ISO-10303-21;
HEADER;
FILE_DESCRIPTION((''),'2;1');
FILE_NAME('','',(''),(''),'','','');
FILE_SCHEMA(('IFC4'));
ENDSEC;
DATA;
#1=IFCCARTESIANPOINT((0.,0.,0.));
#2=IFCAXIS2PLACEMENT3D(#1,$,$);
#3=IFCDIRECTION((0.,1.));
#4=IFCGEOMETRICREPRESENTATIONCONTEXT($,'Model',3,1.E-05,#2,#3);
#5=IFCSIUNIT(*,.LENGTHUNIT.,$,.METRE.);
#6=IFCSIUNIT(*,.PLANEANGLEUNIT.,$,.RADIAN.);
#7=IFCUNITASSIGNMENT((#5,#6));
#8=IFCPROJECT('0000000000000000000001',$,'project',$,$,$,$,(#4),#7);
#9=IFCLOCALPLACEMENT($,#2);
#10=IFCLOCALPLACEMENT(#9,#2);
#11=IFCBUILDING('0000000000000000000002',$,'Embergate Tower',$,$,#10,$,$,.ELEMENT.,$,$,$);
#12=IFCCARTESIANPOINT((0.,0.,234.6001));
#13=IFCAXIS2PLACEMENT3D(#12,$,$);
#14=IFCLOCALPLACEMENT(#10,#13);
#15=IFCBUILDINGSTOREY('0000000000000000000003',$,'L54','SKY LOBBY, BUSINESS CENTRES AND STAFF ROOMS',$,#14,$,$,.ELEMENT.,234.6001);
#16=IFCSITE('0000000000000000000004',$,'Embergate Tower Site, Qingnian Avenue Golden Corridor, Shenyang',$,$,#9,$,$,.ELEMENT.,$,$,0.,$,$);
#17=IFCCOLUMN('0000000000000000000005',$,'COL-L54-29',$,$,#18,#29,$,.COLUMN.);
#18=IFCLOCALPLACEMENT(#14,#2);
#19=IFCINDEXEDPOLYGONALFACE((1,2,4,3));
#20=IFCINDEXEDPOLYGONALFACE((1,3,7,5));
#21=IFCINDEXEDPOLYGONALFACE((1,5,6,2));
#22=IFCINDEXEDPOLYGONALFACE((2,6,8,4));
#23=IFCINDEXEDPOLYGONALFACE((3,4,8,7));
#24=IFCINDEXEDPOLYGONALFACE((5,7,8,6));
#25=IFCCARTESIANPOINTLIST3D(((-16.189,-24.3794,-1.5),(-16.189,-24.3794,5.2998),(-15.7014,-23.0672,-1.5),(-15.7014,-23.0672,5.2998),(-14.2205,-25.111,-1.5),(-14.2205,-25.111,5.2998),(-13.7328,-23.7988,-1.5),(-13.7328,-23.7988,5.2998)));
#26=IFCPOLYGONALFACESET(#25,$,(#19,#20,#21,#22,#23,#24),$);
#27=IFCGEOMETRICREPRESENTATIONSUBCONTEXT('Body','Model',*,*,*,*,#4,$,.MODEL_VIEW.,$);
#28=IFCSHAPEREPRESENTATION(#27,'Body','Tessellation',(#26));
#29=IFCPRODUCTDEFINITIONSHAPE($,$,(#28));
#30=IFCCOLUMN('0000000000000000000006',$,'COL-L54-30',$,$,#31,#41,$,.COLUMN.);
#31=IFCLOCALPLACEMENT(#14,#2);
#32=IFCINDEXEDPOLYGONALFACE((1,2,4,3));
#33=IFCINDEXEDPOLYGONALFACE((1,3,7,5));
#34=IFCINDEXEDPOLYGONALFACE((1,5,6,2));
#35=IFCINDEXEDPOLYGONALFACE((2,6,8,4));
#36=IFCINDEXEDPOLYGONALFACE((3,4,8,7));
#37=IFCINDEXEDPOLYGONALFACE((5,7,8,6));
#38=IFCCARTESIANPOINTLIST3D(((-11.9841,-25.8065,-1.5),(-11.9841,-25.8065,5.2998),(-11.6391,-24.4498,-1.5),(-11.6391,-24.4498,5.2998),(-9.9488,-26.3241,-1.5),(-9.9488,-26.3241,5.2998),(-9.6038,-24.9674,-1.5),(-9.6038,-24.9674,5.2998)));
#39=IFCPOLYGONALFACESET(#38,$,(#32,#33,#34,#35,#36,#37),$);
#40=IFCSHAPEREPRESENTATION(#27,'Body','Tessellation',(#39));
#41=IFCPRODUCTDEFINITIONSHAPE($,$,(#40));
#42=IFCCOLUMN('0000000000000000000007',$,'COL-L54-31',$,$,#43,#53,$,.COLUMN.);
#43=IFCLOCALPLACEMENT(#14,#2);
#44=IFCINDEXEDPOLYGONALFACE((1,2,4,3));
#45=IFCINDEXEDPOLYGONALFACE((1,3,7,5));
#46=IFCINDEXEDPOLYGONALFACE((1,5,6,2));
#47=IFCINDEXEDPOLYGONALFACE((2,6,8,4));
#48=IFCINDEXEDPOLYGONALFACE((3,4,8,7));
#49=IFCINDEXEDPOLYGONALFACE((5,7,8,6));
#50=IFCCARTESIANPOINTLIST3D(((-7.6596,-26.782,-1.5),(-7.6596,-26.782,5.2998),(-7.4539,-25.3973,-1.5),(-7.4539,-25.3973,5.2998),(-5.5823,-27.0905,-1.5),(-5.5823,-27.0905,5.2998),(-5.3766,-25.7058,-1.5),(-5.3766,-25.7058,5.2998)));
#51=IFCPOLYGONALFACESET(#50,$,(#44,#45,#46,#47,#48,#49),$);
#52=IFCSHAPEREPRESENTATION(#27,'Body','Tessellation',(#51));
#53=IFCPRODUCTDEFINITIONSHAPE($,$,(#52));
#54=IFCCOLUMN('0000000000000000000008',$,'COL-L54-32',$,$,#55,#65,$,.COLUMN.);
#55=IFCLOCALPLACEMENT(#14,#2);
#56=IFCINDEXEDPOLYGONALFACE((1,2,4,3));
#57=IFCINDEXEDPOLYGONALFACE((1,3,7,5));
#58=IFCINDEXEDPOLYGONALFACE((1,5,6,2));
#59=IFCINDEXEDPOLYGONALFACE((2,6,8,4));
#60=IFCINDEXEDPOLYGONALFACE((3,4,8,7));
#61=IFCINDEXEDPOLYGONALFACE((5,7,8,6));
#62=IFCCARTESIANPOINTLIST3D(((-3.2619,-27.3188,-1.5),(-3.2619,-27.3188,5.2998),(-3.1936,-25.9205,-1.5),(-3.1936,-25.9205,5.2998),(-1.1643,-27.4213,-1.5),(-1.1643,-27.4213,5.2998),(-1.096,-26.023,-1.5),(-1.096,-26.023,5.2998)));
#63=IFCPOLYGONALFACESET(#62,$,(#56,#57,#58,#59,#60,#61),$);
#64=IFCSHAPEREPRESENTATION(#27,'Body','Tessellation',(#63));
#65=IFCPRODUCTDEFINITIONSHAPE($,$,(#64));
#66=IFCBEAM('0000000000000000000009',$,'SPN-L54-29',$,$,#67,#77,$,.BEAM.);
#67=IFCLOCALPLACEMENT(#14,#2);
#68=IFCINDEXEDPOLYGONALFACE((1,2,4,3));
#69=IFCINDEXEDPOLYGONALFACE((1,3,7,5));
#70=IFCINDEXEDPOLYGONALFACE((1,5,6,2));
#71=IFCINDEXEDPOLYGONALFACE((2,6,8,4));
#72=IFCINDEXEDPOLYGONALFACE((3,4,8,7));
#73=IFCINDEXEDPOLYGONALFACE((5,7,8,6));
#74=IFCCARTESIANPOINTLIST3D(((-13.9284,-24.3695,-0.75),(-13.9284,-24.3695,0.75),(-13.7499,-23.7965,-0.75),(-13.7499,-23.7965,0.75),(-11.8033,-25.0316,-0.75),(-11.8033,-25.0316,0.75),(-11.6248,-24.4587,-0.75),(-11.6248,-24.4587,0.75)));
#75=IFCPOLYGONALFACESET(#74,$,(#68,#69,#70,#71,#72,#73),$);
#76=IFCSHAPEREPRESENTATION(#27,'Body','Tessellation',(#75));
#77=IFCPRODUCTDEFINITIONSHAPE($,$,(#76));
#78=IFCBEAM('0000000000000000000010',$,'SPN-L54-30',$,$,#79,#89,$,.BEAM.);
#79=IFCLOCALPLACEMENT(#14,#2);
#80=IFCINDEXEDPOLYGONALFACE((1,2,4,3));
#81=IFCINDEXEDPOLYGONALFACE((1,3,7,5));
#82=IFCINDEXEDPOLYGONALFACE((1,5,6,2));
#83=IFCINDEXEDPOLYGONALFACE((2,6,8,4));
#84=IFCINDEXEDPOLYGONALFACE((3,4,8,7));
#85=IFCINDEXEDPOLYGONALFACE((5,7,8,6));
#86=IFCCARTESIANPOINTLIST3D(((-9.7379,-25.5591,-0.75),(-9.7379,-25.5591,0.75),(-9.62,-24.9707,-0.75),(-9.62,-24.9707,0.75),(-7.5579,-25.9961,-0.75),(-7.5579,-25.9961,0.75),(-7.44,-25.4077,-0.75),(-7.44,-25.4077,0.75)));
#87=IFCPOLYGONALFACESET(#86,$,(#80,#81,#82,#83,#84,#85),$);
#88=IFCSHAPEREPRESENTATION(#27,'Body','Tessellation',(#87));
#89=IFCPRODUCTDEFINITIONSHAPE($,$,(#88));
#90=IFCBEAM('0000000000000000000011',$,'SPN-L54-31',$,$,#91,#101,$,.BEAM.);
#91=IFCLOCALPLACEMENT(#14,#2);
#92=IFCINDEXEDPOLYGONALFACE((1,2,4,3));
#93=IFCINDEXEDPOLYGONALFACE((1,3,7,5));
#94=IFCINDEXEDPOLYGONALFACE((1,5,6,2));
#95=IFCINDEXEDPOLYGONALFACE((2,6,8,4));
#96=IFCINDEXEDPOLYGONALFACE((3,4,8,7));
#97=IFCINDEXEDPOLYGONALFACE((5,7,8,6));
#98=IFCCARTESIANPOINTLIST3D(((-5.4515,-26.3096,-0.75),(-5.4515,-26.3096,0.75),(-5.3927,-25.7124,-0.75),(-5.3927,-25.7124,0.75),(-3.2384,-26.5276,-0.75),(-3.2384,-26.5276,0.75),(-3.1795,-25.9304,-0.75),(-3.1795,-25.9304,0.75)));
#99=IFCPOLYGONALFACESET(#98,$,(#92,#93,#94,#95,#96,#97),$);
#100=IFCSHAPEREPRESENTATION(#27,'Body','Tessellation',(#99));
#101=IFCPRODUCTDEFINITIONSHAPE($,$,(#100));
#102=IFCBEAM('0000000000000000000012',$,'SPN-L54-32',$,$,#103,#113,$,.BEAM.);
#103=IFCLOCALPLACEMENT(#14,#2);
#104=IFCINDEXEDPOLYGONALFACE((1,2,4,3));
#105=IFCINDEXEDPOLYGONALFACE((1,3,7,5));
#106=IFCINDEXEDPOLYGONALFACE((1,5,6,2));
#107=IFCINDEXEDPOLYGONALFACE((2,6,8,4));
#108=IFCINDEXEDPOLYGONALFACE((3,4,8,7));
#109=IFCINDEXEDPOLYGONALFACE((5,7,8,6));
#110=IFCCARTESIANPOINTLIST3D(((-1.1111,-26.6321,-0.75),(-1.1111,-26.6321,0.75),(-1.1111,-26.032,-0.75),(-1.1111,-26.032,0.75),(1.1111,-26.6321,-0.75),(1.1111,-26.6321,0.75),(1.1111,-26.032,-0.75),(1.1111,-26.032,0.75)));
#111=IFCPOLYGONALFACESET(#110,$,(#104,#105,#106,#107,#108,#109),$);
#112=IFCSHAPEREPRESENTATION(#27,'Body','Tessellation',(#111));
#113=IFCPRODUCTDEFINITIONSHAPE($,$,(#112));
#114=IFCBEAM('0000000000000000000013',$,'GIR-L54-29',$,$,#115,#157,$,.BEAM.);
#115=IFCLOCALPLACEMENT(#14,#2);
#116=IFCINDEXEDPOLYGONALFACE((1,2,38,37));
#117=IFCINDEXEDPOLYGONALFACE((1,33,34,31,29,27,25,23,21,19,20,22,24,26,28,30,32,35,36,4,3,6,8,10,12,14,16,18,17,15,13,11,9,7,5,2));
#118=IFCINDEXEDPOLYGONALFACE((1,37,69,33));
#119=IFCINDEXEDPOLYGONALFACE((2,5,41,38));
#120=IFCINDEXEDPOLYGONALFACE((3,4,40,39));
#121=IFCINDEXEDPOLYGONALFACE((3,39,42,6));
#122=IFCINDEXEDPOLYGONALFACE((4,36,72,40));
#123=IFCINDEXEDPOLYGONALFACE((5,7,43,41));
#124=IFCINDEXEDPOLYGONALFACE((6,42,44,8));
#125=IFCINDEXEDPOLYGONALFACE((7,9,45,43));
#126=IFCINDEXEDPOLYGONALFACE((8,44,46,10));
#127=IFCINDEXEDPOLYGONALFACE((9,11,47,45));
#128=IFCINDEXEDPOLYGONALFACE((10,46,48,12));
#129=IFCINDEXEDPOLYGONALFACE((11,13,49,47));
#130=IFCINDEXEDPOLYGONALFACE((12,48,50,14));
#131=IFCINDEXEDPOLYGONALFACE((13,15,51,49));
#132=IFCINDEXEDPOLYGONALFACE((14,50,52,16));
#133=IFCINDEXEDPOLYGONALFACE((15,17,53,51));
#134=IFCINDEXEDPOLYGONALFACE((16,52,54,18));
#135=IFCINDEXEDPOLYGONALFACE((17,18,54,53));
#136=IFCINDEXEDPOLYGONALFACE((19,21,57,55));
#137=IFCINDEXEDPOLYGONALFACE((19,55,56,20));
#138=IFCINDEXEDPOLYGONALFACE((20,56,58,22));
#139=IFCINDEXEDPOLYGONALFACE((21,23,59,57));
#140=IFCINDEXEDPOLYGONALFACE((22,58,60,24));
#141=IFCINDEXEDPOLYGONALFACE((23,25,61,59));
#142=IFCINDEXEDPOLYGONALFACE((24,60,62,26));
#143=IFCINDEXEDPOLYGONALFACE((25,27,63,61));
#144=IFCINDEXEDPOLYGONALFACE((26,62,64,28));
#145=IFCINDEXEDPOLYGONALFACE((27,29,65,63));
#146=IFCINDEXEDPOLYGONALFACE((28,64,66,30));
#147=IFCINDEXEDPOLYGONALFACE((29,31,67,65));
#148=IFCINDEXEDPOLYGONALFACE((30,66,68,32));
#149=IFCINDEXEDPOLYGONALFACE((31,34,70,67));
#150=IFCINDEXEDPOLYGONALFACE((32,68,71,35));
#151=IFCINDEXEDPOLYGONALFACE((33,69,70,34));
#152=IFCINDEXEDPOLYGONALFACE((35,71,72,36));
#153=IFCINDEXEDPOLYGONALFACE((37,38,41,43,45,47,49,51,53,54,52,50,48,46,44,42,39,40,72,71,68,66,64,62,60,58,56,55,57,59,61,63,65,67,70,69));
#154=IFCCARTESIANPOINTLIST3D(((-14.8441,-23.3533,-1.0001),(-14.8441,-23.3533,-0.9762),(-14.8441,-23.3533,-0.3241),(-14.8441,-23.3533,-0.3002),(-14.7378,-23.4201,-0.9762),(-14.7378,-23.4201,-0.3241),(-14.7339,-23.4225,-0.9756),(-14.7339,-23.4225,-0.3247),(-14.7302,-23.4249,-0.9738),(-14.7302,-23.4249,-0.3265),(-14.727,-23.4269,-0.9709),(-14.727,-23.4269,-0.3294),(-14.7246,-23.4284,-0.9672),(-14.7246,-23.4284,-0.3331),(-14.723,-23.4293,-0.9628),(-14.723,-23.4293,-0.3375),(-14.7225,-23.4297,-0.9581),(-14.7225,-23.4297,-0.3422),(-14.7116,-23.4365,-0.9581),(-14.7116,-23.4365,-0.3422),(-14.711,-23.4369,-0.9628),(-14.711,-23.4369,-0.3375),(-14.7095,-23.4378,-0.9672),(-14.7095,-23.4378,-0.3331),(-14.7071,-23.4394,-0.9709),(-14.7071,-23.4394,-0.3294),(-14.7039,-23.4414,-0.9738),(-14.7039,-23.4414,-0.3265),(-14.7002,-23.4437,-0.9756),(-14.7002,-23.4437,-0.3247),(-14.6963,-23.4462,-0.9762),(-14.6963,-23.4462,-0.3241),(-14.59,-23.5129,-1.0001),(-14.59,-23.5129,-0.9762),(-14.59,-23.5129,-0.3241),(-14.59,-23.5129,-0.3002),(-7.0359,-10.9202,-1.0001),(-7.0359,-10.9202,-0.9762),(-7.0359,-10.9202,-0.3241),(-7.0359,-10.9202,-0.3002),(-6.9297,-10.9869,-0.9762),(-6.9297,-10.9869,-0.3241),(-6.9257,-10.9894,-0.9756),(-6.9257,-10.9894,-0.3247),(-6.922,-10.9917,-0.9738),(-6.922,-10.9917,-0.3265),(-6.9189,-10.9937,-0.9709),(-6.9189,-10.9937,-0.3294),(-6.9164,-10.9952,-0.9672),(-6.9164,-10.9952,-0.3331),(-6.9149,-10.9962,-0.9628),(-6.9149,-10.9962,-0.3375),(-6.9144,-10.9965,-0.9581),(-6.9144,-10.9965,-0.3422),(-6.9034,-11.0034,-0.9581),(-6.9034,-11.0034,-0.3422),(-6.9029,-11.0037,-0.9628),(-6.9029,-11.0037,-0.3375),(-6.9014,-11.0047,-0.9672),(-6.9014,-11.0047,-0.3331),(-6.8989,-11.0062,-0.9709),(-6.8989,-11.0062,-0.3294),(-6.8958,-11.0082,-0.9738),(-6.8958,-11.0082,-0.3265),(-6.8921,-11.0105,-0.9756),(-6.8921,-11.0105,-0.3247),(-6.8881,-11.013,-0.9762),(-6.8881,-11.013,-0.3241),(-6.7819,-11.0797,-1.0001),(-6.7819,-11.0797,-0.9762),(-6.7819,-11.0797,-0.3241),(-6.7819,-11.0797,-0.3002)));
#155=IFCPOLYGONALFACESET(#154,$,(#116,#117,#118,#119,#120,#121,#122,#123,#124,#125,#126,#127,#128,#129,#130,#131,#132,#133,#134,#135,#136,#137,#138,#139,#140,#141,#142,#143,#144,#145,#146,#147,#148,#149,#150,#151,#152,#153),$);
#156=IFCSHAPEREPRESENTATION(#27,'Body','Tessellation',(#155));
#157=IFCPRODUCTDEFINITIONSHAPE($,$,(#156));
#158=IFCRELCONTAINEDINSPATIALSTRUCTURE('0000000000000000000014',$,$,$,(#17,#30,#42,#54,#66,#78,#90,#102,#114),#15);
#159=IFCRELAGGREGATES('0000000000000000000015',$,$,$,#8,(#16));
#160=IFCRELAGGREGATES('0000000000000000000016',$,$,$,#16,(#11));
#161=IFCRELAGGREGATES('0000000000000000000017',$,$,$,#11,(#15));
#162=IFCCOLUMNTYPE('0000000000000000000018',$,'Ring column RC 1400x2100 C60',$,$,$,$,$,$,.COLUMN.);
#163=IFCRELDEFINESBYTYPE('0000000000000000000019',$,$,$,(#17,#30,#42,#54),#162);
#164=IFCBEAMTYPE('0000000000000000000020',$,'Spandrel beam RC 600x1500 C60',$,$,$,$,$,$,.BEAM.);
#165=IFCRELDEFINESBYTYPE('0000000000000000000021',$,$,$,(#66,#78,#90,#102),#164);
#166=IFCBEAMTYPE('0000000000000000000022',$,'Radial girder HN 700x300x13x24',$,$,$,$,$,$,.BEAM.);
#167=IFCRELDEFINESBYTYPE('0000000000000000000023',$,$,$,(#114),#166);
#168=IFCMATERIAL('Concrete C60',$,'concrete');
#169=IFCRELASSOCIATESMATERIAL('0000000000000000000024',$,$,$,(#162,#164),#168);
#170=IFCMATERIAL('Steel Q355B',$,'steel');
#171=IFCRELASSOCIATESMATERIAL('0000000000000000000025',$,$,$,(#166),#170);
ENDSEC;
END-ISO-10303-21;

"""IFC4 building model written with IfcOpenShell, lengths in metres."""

from ifc_helpers import new_model, si_unit, direction, frame, origin, origin_2d, place, context, subcontext, project, spatial, rectangle, i_section, extrude, source, transform, mapped, material, material_profile, profile_set, type_object, element, save


model = new_model("IFC4")

# Units and contexts
model_context = context("Model", 3, precision=1e-05, world=origin(), true_north=direction((0.0, 1.0)))
body_context = subcontext(model_context, "Body", "Model", "MODEL_VIEW")
ifc_project = project(units=[si_unit("LENGTHUNIT", "METRE"), si_unit("PLANEANGLEUNIT", "RADIAN")], contexts=[model_context])

# Site, building, storey
site_placement = place(None, origin())
site = spatial("IfcSite", under=ifc_project, at=site_placement, Name="Embergate Tower Site, Qingnian Avenue Golden Corridor, Shenyang", CompositionType="ELEMENT", RefElevation=0.0)
building_placement = place(site_placement, origin())
building = spatial("IfcBuilding", under=site, at=building_placement, Name="Embergate Tower", CompositionType="ELEMENT")
storey_placement = place(building_placement, frame((0.0, 0.0, 234.6001)))
storey = spatial("IfcBuildingStorey", under=building, at=storey_placement, Name="L54", Description="SKY LOBBY, BUSINESS CENTRES AND STAFF ROOMS", CompositionType="ELEMENT", Elevation=234.6001)

# Columns
ifc_material_1 = material(Name="Concrete C60", Category="concrete")
ifc_material_profile_1 = material_profile(ifc_material_1, rectangle(XDim=1.3999, YDim=2.1001, at=origin_2d()), Name="RC 1400x2100")
ifc_profile_set_1 = profile_set([ifc_material_profile_1], Name="Concrete C60")
column_type = type_object("IfcColumnType", Name="Ring column RC 1400x2100 C60", PredefinedType="COLUMN", material=ifc_profile_set_1)
shared_shape_1 = source(origin(), body_context, "Body", "SweptSolid", [
    extrude(rectangle(XDim=1.3999, YDim=2.1001, at=origin_2d()), origin(), (0.0, 0.0, 1.0), 6.7998),
])
for number, where, z_axis, x_axis, name in (
    (1, (-14.9609, -24.0891, -1.5), (0.0, 0.0, 1.0), (-0.348343, -0.937367, 0.0), "COL-L54-29"),
    (2, (-10.7939, -25.387, -1.5), (0.0, 0.0, 1.0), (-0.246492, -0.969145, 0.0), "COL-L54-30"),
    (3, (-6.5181, -26.2439, -1.5), (0.0, 0.0, 1.0), (-0.146929, -0.989147, 0.0), "COL-L54-31"),
    (4, (-2.179, -26.6709, -1.5), (0.0, 0.0, 1.0), (-0.048815, -0.998808, 0.0), "COL-L54-32"),
):
    element("IfcColumn", number, at=place(storey_placement, frame(where, z_axis=z_axis, x_axis=x_axis)), inside=storey, type_object=column_type, Name=name, PredefinedType="COLUMN", context=body_context, shape_type="MappedRepresentation", body=[
        mapped(shared_shape_1, transform((0.0, 0.0, 0.0))),
    ])

# Beams
ifc_material_profile_2 = material_profile(ifc_material_1, rectangle(XDim=0.6001, YDim=1.5, at=origin_2d()), Name="RC 600x1500")
ifc_profile_set_2 = profile_set([ifc_material_profile_2], Name="Concrete C60")
beam_type_1 = type_object("IfcBeamType", Name="Spandrel beam RC 600x1500 C60", PredefinedType="BEAM", material=ifc_profile_set_2)
shared_shape_2 = source(origin(), body_context, "Body", "SweptSolid", [
    extrude(rectangle(XDim=0.6001, YDim=1.5, at=origin_2d()), origin(), (0.0, 0.0, 1.0), 2.2258),
])
beam_1_placement = place(storey_placement, frame((-13.8391, -24.083, 0.0), z_axis=(0.954729, -0.297475, 0.0), x_axis=(0.297475, 0.954729, 0.0)))
element("IfcBeam", 5, at=beam_1_placement, inside=storey, type_object=beam_type_1, Name="SPN-L54-29", PredefinedType="BEAM", context=body_context, shape_type="MappedRepresentation", body=[
    mapped(shared_shape_2, transform((0.0, 0.0, 0.0))),
])
shared_shape_3 = source(origin(), body_context, "Body", "SweptSolid", [
    extrude(rectangle(XDim=0.6001, YDim=1.5, at=origin_2d()), origin(), (0.0, 0.0, 1.0), 2.2234),
])
beam_2_placement = place(storey_placement, frame((-9.679, -25.2649, 0.0), z_axis=(0.980492, -0.19656, 0.0), x_axis=(0.19656, 0.980492, 0.0)))
element("IfcBeam", 6, at=beam_2_placement, inside=storey, type_object=beam_type_1, Name="SPN-L54-30", PredefinedType="BEAM", context=body_context, shape_type="MappedRepresentation", body=[
    mapped(shared_shape_3, transform((0.0, 0.0, 0.0))),
])
shared_shape_4 = source(origin(), body_context, "Body", "SweptSolid", [
    extrude(rectangle(XDim=0.6001, YDim=1.5, at=origin_2d()), origin(), (0.0, 0.0, 1.0), 2.2239),
])
beam_3_placement = place(storey_placement, frame((-5.4221, -26.011, 0.0), z_axis=(0.995183, -0.098036, 0.0), x_axis=(0.098036, 0.995183, 0.0)))
element("IfcBeam", 7, at=beam_3_placement, inside=storey, type_object=beam_type_1, Name="SPN-L54-31", PredefinedType="BEAM", context=body_context, shape_type="MappedRepresentation", body=[
    mapped(shared_shape_4, transform((0.0, 0.0, 0.0))),
])
shared_shape_5 = source(origin(), body_context, "Body", "SweptSolid", [
    extrude(rectangle(XDim=0.6001, YDim=1.5, at=origin_2d()), origin(), (0.0, 0.0, 1.0), 2.2222),
])
beam_4_placement = place(storey_placement, frame((-1.1111, -26.332, 0.0), z_axis=(1.0, 0.0, 0.0), x_axis=(0.0, 1.0, 0.0)))
element("IfcBeam", 8, at=beam_4_placement, inside=storey, type_object=beam_type_1, Name="SPN-L54-32", PredefinedType="BEAM", context=body_context, shape_type="MappedRepresentation", body=[
    mapped(shared_shape_5, transform((0.0, 0.0, 0.0))),
])
ifc_material_2 = material(Name="Steel Q355B", Category="steel")
ifc_material_profile_3 = material_profile(ifc_material_2, i_section(OverallWidth=0.3, OverallDepth=0.7, WebThickness=0.0129, FlangeThickness=0.0239, FilletRadius=0.0181, at=origin_2d()), Name="HN 700x300x13x24")
ifc_profile_set_3 = profile_set([ifc_material_profile_3], Name="Steel Q355 grade B")
beam_type_2 = type_object("IfcBeamType", Name="Radial girder HN 700x300x13x24", PredefinedType="BEAM", material=ifc_profile_set_3)
shared_shape_6 = source(origin(), body_context, "Body", "SweptSolid", [
    extrude(i_section(OverallWidth=0.3, OverallDepth=0.7, WebThickness=0.0129, FlangeThickness=0.0239, FilletRadius=0.0181, at=origin_2d()), origin(), (0.0, 0.0, 1.0), 14.6816),
])
beam_5_placement = place(storey_placement, frame((-14.717, -23.4331, -0.6501), z_axis=(0.53183, 0.846851, 0.0), x_axis=(-0.846851, 0.53183, 0.0)))
element("IfcBeam", 9, at=beam_5_placement, inside=storey, type_object=beam_type_2, Name="GIR-L54-29", PredefinedType="BEAM", context=body_context, shape_type="MappedRepresentation", body=[
    mapped(shared_shape_6, transform((0.0, 0.0, 0.0))),
])

save(model, "model.ifc")
